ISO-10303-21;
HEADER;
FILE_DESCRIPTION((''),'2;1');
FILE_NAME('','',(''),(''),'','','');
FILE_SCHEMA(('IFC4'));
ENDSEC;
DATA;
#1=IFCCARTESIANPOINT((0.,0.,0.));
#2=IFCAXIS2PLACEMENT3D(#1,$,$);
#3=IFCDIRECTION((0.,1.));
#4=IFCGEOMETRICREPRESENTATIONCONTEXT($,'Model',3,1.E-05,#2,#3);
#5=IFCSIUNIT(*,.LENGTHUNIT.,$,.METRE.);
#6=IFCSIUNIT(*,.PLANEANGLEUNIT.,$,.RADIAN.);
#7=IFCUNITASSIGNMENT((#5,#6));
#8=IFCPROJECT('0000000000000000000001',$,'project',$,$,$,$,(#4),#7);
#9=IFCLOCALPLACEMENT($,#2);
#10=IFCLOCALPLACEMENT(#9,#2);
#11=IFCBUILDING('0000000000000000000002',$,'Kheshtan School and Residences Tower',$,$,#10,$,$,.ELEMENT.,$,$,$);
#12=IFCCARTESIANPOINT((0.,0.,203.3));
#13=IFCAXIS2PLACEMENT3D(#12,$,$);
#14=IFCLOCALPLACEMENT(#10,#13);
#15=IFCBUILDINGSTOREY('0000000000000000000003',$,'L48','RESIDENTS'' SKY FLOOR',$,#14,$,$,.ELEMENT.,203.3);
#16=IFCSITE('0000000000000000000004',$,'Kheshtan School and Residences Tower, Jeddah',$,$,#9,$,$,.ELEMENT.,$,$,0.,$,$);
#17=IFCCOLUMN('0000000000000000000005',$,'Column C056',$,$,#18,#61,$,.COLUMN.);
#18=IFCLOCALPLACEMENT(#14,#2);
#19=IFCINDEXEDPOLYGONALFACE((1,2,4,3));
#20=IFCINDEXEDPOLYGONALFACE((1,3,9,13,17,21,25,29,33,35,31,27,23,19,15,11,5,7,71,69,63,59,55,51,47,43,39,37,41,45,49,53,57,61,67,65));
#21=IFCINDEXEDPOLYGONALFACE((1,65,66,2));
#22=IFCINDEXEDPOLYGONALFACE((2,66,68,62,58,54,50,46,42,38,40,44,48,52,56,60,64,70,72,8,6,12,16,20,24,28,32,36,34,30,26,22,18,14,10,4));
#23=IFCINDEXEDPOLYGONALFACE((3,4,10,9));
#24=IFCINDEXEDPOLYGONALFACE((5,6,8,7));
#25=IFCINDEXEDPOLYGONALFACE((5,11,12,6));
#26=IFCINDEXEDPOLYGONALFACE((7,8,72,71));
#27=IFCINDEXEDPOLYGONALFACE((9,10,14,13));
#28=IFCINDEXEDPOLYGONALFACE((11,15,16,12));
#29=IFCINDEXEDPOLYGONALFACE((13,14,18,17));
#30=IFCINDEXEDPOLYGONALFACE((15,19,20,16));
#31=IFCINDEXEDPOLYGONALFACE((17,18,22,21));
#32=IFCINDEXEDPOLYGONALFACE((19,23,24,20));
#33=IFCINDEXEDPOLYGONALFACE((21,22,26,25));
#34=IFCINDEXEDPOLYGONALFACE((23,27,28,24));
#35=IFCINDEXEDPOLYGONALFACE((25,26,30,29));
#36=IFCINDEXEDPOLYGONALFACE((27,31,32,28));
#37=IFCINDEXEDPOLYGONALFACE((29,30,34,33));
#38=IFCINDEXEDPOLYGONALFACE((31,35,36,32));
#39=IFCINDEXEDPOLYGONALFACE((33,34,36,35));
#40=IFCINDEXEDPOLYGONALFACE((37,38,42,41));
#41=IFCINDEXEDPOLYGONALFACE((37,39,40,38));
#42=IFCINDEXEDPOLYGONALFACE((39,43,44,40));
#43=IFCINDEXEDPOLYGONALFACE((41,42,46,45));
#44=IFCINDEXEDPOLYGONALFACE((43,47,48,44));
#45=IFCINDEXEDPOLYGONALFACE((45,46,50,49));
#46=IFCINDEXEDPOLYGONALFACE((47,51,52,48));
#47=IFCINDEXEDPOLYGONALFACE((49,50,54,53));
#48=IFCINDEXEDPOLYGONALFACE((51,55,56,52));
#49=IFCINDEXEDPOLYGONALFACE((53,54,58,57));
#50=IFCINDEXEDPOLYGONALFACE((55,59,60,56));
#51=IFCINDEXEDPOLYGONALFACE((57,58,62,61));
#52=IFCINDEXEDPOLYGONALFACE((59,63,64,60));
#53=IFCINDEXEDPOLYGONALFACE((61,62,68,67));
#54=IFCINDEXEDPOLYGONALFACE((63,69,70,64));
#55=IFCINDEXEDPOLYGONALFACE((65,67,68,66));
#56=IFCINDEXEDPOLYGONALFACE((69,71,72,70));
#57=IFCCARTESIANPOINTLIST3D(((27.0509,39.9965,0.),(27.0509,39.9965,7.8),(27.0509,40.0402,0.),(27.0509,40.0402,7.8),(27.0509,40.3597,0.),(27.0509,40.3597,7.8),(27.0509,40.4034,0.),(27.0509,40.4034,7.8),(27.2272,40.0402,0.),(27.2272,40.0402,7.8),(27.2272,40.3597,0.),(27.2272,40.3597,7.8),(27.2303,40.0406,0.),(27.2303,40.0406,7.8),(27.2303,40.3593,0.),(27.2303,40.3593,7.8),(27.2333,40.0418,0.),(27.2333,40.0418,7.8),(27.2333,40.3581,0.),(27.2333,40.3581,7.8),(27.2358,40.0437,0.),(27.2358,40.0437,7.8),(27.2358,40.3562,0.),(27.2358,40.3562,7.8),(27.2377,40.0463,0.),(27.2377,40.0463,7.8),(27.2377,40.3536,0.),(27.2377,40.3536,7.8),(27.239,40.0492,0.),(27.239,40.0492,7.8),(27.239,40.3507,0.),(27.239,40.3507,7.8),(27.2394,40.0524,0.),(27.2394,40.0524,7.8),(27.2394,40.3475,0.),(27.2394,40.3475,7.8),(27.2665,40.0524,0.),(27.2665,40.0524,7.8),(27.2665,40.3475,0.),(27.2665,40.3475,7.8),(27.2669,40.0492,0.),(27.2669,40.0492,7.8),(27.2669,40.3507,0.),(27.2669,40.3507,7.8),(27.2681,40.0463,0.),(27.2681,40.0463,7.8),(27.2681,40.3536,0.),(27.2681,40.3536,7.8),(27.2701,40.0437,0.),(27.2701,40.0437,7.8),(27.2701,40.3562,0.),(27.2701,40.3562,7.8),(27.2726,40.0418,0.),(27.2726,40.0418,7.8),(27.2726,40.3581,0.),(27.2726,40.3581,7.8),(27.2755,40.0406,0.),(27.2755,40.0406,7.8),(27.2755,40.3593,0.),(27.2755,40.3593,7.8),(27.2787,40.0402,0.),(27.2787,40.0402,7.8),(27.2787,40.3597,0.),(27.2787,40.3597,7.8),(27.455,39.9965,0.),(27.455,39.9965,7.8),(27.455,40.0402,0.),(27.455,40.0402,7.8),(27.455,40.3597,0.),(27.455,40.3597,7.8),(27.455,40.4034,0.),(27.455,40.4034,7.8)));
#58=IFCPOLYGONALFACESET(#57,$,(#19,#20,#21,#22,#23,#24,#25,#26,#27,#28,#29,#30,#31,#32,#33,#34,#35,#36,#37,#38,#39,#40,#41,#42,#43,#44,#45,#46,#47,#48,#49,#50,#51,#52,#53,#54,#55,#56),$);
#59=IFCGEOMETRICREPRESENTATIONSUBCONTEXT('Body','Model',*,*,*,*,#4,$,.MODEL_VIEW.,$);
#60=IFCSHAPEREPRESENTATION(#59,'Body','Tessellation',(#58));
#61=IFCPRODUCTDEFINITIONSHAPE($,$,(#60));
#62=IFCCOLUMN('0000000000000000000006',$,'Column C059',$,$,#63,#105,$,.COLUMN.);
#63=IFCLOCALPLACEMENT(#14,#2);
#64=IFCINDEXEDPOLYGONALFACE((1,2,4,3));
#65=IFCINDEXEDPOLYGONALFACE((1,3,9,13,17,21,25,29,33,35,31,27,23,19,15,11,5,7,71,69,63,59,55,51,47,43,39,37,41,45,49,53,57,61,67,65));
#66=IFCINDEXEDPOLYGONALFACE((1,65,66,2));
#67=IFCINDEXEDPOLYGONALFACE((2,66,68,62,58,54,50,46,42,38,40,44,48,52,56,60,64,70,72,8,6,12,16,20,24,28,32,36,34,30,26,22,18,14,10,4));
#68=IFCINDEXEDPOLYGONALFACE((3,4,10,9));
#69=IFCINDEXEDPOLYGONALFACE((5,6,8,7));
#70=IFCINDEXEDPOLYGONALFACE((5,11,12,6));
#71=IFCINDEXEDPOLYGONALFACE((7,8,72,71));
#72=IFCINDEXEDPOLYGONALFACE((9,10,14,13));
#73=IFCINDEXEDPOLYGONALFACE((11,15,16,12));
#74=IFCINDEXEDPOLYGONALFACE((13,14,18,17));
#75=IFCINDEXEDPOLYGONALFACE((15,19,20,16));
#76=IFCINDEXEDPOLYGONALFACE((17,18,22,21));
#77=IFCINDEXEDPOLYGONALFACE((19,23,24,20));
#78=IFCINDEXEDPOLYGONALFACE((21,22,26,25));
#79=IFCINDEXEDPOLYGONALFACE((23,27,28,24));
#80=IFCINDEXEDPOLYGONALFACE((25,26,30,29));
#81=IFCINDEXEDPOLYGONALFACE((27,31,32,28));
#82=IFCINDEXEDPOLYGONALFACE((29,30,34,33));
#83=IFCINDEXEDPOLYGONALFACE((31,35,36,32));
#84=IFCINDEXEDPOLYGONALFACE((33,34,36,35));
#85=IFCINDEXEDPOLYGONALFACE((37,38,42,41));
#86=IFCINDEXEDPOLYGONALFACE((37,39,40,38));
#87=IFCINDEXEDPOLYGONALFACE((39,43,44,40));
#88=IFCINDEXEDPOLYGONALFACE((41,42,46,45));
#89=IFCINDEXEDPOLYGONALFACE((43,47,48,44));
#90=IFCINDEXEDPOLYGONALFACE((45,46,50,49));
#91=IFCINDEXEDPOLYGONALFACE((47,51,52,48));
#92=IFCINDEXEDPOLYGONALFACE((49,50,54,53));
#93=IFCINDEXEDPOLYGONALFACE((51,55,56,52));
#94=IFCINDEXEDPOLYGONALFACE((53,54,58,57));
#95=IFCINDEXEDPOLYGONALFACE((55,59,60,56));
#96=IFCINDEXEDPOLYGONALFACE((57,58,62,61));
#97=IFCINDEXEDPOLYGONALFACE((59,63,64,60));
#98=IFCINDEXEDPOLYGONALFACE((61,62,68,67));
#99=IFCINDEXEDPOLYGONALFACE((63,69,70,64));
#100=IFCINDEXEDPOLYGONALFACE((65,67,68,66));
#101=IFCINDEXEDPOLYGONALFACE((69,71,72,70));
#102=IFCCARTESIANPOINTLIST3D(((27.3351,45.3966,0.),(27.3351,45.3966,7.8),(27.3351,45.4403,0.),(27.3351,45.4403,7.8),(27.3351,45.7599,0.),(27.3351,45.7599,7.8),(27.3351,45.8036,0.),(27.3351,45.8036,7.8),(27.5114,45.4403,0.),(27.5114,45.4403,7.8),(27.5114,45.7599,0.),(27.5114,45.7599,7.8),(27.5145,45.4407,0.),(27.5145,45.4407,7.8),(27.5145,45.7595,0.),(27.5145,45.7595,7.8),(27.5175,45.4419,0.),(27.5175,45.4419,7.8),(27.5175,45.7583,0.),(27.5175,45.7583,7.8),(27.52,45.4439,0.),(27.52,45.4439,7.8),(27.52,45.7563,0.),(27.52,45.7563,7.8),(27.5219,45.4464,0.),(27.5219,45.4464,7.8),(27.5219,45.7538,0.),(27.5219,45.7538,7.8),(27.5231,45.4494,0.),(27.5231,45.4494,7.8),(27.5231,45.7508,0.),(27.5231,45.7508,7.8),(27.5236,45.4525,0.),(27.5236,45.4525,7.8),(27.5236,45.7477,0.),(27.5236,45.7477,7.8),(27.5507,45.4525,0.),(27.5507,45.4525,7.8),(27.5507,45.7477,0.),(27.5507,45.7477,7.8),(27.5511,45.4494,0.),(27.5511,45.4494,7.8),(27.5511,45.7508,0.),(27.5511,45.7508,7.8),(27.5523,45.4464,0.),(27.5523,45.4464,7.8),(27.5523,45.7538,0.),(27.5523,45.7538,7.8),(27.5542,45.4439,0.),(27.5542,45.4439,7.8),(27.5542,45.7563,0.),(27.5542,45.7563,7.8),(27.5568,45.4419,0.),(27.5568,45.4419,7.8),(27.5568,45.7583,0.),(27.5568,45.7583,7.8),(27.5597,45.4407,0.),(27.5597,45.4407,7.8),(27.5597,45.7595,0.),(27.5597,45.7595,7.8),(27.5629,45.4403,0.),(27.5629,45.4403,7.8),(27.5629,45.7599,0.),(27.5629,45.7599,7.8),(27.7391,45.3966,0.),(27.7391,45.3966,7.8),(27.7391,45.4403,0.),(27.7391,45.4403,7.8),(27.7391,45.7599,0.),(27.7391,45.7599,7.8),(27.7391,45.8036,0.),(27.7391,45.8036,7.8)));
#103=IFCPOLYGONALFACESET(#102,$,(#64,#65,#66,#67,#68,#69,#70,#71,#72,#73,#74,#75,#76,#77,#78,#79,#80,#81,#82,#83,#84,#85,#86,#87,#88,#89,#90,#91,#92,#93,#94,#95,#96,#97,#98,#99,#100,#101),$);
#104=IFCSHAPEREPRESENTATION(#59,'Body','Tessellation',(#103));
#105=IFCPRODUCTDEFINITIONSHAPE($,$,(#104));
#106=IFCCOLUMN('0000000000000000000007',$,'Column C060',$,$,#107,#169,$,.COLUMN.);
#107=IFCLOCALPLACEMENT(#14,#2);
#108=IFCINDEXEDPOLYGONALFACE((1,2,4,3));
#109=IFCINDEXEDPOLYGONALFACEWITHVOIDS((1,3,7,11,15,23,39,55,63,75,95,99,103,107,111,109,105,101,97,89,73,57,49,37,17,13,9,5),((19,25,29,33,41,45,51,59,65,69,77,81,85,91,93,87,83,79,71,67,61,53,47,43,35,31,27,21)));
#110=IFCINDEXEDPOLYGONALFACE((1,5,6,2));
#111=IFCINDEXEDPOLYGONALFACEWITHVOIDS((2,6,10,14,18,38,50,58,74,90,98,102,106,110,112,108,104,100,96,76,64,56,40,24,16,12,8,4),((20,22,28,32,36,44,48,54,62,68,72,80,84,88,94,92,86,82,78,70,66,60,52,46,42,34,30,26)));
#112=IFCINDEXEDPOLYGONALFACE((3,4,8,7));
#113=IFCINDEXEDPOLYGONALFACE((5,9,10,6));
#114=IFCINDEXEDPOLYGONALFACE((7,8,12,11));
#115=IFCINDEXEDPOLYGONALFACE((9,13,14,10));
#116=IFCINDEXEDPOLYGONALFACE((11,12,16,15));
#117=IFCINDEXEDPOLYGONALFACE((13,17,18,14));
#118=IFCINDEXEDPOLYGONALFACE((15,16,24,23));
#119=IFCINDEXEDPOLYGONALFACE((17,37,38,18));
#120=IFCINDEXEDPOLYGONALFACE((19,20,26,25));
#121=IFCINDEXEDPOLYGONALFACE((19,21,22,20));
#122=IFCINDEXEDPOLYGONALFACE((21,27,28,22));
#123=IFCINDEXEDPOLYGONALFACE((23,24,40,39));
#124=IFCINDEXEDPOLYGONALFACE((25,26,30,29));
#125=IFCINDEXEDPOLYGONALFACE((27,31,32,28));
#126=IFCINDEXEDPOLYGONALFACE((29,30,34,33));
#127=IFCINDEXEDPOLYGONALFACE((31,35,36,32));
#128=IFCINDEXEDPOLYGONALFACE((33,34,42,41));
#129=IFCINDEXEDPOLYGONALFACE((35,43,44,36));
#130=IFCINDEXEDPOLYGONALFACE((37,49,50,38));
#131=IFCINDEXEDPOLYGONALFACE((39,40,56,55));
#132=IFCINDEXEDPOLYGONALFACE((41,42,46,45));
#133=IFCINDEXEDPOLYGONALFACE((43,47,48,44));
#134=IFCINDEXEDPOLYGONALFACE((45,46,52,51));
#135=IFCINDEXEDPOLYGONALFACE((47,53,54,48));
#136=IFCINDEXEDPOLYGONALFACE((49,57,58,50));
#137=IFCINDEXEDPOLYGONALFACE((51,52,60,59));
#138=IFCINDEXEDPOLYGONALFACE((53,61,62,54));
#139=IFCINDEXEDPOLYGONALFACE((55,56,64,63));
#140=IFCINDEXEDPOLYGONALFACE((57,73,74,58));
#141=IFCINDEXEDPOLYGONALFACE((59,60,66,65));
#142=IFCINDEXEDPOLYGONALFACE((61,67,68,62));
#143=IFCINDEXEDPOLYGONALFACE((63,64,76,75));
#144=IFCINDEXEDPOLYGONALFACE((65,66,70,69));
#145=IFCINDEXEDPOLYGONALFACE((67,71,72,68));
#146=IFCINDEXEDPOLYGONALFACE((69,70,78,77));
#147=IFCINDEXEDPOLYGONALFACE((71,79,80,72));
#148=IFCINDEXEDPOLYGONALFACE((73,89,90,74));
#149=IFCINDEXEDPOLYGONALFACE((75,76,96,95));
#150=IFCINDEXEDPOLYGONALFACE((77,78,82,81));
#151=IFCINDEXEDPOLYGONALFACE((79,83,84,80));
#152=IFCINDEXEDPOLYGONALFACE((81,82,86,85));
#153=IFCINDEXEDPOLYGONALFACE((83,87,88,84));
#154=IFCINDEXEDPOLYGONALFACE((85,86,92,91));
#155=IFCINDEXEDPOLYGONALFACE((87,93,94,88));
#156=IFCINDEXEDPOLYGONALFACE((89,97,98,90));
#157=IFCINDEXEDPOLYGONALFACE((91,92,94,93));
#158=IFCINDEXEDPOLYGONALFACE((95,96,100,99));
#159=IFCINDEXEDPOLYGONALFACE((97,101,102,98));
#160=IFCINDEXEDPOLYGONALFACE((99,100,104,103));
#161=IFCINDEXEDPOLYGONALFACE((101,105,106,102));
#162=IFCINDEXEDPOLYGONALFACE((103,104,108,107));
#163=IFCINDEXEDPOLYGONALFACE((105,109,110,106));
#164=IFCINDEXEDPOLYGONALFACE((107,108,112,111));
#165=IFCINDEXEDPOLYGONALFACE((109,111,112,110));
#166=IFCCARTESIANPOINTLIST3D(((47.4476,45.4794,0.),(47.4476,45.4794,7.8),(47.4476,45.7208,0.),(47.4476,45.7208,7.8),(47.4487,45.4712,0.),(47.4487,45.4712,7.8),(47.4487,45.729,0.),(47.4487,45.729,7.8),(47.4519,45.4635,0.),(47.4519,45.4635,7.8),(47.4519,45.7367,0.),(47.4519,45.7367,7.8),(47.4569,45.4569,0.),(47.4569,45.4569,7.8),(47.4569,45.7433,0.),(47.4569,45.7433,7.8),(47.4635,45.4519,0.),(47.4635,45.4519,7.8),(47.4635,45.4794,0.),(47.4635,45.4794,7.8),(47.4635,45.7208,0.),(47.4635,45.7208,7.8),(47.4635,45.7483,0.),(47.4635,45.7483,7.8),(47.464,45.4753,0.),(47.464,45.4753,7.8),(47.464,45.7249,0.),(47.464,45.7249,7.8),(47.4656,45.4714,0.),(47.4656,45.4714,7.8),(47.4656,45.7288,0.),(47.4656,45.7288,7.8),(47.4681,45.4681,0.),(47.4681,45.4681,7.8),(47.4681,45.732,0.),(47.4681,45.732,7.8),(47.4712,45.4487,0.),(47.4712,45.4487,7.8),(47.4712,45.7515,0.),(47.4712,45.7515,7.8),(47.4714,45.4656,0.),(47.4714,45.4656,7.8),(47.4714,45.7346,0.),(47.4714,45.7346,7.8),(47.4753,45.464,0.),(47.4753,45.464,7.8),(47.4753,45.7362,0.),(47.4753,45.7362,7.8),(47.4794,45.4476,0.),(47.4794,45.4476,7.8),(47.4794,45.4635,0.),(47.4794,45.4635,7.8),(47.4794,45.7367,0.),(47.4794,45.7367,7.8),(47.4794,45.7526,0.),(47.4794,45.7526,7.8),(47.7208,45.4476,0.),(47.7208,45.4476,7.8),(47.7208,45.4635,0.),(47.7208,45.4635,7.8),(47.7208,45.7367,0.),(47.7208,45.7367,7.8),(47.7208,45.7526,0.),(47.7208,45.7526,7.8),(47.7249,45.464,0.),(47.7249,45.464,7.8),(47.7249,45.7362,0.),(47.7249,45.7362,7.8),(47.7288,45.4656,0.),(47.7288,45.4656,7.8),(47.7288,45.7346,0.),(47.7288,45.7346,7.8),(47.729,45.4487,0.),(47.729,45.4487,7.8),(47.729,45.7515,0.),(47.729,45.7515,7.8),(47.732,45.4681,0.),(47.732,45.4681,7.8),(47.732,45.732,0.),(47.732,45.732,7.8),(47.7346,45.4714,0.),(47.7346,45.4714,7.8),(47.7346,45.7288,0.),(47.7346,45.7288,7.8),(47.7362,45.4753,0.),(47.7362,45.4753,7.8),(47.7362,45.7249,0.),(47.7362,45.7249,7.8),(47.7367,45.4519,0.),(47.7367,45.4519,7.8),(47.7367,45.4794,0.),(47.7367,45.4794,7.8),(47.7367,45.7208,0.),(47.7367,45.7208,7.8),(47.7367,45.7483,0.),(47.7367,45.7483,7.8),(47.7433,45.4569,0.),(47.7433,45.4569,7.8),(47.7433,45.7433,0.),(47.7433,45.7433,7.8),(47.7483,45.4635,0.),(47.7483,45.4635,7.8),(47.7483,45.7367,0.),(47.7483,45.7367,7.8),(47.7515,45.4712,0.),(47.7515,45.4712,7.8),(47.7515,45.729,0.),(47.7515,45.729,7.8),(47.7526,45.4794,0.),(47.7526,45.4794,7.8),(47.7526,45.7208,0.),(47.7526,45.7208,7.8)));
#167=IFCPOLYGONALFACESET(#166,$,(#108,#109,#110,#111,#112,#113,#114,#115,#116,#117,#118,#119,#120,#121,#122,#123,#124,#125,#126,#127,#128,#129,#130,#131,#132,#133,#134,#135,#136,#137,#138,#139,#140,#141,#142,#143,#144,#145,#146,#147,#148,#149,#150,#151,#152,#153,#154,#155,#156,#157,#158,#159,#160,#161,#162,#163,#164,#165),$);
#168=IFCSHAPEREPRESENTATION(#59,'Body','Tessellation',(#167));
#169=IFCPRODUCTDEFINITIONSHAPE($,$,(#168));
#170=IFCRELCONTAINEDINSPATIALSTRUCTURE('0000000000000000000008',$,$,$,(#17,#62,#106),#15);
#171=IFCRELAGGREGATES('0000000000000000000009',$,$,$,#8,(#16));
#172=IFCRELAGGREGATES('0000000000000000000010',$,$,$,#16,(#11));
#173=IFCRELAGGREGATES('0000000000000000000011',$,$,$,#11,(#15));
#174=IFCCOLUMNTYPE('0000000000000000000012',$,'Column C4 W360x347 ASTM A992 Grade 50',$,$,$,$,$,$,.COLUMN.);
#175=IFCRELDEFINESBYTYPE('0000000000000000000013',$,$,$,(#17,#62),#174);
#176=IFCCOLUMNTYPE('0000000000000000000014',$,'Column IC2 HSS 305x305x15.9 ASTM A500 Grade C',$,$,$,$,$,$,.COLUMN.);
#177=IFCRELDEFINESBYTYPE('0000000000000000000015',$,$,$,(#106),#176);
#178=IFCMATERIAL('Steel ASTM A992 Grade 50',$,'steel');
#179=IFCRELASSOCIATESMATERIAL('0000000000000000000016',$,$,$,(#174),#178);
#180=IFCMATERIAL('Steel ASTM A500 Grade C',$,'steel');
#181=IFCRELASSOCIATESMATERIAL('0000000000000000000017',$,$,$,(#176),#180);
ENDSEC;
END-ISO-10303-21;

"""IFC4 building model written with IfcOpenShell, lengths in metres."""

from ifc_helpers import new_model, si_unit, direction, frame, origin, origin_2d, place, context, subcontext, project, spatial, hollow_rectangle, i_section, extrude, material, material_profile, profile_set, type_object, element, save


model = new_model("IFC4")

# Units and contexts
model_context = context("Model", 3, precision=1e-05, world=origin(), true_north=direction((0.0, 1.0)))
body_context = subcontext(model_context, "Body", "Model", "MODEL_VIEW")
ifc_project = project(units=[si_unit("LENGTHUNIT", "METRE"), si_unit("PLANEANGLEUNIT", "RADIAN")], contexts=[model_context])

# Site, building, storey
site_placement = place(None, origin())
site = spatial("IfcSite", under=ifc_project, at=site_placement, Name="Kheshtan School and Residences Tower, Jeddah", CompositionType="ELEMENT", RefElevation=0.0)
building_placement = place(site_placement, origin())
building = spatial("IfcBuilding", under=site, at=building_placement, Name="Kheshtan School and Residences Tower", CompositionType="ELEMENT")
storey_placement = place(building_placement, frame((0.0, 0.0, 203.3)))
storey = spatial("IfcBuildingStorey", under=building, at=storey_placement, Name="L48", Description="RESIDENTS' SKY FLOOR", CompositionType="ELEMENT", Elevation=203.3)

# Columns
ifc_material_1 = material(Name="Steel ASTM A992 Grade 50", Category="steel")
ifc_material_profile_1 = material_profile(ifc_material_1, i_section(OverallWidth=0.4041, OverallDepth=0.407, WebThickness=0.0271, FlangeThickness=0.0437, FilletRadius=0.0122, at=origin_2d()), Name="W360x347")
ifc_profile_set_1 = profile_set([ifc_material_profile_1], Name="Steel ASTM A992 Grade 50")
column_type_1 = type_object("IfcColumnType", Name="Column C4 W360x347 ASTM A992 Grade 50", PredefinedType="COLUMN", material=ifc_profile_set_1)
for number, where, z_axis, x_axis, name in (
    (1, (27.2529, 40.2, 0.0), (0.0, 0.0, 1.0), (1.0, 0.0, 0.0), "Column C056"),
    (2, (27.5371, 45.6001, 0.0), (0.0, 0.0, 1.0), (1.0, 0.0, 0.0), "Column C059"),
):
    element("IfcColumn", number, at=place(storey_placement, frame(where, z_axis=z_axis, x_axis=x_axis)), inside=storey, type_object=column_type_1, Name=name, PredefinedType="COLUMN", context=body_context, shape_type="SweptSolid", body=[
        extrude(i_section(OverallWidth=0.4041, OverallDepth=0.407, WebThickness=0.0271, FlangeThickness=0.0437, FilletRadius=0.0122, at=origin_2d()), origin(), (0.0, 0.0, 1.0), 7.8),
    ])
ifc_material_2 = material(Name="Steel ASTM A500 Grade C", Category="steel")
ifc_material_profile_2 = material_profile(ifc_material_2, hollow_rectangle(XDim=0.3049, YDim=0.3049, WallThickness=0.0159, InnerFilletRadius=0.0159, OuterFilletRadius=0.0317, at=origin_2d()), Name="HSS 305x305x15.9")
ifc_profile_set_2 = profile_set([ifc_material_profile_2], Name="Steel ASTM A500 Grade C")
column_type_2 = type_object("IfcColumnType", Name="Column IC2 HSS 305x305x15.9 ASTM A500 Grade C", PredefinedType="COLUMN", material=ifc_profile_set_2)
column_placement = place(storey_placement, frame((47.6001, 45.6001, 0.0), z_axis=(0.0, 0.0, 1.0), x_axis=(1.0, 0.0, 0.0)))
element("IfcColumn", 3, at=column_placement, inside=storey, type_object=column_type_2, Name="Column C060", PredefinedType="COLUMN", context=body_context, shape_type="SweptSolid", body=[
    extrude(hollow_rectangle(XDim=0.3049, YDim=0.3049, WallThickness=0.0159, InnerFilletRadius=0.0159, OuterFilletRadius=0.0317, at=origin_2d()), origin(), (0.0, 0.0, 1.0), 7.8),
])

save(model, "model.ifc")
